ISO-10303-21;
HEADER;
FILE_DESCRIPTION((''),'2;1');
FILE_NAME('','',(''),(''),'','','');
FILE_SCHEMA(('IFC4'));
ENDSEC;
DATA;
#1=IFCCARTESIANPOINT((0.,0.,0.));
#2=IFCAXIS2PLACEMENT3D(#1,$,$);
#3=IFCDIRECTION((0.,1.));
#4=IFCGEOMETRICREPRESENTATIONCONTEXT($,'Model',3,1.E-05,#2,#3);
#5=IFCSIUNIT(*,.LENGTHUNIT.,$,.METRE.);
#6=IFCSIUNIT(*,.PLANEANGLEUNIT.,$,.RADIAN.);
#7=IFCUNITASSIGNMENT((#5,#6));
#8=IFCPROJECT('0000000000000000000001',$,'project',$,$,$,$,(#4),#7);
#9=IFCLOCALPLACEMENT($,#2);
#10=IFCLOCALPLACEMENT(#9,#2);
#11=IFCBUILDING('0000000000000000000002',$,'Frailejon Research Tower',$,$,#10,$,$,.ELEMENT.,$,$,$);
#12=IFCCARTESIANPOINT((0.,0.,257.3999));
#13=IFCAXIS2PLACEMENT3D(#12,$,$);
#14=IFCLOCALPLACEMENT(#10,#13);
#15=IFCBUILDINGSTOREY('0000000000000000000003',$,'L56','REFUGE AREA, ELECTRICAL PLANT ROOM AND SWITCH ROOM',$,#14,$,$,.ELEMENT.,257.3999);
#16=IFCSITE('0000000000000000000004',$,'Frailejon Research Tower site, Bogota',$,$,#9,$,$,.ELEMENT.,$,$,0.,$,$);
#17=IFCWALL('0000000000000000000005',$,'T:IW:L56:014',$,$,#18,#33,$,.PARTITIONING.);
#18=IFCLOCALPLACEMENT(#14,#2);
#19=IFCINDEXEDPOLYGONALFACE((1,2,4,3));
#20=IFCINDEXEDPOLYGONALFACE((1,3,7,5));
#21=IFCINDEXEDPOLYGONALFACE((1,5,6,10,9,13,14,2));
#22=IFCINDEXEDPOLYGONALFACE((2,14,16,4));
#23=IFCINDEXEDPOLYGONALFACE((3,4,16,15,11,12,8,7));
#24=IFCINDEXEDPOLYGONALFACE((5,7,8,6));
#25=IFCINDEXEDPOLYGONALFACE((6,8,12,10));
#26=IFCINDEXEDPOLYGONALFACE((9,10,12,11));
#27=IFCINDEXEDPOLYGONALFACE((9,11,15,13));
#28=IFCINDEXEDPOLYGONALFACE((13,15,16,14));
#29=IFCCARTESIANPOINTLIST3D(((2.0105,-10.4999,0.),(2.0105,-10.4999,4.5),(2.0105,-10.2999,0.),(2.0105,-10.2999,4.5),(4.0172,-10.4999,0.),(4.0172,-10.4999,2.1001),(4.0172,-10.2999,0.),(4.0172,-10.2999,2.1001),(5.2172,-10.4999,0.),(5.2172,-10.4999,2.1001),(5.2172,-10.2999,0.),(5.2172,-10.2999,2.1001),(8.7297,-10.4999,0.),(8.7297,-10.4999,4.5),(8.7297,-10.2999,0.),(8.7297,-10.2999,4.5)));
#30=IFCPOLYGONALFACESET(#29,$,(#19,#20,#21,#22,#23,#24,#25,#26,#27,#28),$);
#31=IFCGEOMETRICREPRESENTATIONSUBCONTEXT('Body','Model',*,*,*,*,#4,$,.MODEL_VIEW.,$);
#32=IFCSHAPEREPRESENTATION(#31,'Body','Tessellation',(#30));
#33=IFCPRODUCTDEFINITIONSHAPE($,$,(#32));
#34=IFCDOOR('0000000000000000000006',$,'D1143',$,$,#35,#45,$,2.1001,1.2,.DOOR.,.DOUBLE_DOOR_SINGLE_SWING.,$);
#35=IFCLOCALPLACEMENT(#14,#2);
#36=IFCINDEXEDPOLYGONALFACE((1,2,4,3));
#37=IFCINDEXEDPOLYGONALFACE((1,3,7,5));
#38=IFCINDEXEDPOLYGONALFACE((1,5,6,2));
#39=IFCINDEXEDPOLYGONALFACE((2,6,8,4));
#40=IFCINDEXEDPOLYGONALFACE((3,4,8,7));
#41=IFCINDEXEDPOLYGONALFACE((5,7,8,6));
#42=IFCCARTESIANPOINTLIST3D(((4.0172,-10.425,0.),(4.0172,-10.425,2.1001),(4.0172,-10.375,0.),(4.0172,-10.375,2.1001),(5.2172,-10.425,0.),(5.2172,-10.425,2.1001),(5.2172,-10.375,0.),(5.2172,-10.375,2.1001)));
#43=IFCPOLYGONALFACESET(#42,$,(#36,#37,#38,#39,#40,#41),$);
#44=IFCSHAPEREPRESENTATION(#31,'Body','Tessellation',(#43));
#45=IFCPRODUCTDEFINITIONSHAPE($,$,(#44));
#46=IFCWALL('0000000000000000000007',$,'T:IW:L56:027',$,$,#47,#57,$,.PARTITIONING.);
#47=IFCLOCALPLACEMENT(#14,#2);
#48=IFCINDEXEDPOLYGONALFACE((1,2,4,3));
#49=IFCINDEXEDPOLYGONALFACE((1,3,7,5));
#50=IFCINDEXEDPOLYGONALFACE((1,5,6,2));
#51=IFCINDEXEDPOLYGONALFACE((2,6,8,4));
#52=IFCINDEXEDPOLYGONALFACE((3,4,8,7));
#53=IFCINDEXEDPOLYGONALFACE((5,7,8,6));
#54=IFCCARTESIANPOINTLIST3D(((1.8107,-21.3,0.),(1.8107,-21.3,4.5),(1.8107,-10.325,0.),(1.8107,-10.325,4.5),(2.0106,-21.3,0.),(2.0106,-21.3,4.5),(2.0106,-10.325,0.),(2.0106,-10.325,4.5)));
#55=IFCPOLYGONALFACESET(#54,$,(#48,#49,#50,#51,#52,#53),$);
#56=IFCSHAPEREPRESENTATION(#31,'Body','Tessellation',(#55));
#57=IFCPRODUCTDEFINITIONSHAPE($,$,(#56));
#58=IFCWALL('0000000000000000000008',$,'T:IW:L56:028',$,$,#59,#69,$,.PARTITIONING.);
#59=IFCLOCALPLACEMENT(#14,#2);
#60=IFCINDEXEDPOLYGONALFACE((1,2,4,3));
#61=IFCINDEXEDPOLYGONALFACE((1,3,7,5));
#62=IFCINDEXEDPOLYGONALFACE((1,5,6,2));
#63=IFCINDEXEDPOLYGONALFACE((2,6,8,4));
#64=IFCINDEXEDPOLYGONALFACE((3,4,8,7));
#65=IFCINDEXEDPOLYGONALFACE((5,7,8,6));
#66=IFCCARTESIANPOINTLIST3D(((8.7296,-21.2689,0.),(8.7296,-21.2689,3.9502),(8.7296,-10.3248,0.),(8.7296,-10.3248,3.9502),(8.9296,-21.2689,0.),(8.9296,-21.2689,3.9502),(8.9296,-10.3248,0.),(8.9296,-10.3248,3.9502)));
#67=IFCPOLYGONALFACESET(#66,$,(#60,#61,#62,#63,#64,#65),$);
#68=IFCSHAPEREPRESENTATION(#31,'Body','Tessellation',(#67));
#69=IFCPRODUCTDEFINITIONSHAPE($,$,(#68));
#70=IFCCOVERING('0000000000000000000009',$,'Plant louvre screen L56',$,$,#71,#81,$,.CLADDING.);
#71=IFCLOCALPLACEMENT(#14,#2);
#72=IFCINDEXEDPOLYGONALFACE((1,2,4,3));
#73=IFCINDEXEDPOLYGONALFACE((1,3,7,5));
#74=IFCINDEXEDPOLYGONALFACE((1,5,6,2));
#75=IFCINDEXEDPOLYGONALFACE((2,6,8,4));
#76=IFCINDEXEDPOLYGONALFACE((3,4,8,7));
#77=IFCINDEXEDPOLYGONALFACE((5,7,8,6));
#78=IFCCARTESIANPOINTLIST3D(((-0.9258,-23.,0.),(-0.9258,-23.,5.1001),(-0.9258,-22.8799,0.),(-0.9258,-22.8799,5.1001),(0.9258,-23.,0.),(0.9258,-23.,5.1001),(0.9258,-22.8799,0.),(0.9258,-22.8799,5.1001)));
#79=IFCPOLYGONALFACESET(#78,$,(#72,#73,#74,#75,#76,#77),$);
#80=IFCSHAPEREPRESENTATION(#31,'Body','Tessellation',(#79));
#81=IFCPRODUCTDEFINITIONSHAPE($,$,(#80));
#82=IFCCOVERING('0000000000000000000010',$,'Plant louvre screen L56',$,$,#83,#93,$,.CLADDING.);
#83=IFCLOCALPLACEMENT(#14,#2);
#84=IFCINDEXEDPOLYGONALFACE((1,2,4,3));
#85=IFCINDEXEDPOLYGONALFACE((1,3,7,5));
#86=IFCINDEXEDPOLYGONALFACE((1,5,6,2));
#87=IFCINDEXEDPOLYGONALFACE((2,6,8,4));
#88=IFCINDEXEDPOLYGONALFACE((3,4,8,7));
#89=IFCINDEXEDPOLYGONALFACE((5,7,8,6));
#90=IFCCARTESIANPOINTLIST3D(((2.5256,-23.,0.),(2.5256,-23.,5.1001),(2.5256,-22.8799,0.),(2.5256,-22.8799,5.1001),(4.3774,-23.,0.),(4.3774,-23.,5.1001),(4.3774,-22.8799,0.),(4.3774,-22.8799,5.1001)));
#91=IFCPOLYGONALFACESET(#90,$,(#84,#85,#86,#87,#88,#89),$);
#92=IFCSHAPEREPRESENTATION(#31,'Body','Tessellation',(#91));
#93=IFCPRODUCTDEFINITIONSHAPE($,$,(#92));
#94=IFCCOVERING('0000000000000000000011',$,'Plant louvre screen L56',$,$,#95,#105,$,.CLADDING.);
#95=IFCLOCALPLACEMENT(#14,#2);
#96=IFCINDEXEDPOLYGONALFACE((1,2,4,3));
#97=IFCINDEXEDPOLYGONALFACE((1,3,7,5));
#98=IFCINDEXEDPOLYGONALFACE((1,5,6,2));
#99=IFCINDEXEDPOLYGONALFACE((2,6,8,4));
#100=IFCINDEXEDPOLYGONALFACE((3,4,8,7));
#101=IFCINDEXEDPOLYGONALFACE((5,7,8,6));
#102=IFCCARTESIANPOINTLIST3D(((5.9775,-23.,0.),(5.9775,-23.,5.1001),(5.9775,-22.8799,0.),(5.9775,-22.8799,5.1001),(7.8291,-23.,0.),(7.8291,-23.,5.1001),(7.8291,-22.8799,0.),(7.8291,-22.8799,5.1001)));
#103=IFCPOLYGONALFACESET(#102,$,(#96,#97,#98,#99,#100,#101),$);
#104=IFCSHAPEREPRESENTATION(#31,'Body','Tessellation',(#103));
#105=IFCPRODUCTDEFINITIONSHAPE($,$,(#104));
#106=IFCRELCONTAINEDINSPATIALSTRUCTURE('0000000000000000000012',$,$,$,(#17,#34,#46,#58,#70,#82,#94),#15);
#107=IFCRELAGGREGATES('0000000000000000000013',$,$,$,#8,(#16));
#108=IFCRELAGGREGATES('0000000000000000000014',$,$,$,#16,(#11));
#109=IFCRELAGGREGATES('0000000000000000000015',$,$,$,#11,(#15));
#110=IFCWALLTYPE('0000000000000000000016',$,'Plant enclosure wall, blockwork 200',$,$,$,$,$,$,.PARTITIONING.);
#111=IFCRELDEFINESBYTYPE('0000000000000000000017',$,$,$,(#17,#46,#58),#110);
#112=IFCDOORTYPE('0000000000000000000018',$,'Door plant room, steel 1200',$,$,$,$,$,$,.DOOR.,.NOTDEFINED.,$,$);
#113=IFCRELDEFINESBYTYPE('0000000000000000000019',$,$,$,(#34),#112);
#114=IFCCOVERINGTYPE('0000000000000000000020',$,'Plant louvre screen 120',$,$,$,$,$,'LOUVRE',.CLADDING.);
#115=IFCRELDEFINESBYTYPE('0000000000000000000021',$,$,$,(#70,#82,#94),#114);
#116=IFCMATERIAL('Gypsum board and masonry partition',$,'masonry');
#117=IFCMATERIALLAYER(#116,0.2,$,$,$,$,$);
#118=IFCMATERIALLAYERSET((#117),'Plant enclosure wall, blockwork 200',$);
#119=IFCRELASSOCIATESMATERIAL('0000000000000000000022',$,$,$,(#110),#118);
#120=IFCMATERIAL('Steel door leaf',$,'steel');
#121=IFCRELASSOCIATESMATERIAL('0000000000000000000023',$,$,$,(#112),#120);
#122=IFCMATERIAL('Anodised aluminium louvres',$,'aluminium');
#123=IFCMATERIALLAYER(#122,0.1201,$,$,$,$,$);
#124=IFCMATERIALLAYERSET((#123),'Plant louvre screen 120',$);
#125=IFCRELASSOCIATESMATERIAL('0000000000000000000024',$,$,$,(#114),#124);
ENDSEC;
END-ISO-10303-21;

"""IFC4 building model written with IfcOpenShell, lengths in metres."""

from ifc_helpers import new_model, si_unit, direction, frame, frame_2d, origin, place, context, subcontext, project, spatial, polyline, rectangle, outline, extrude, material, layer, layer_set, type_object, element, fill, save


model = new_model("IFC4")

# Units and contexts
model_context = context("Model", 3, precision=1e-05, world=origin(), true_north=direction((0.0, 1.0)))
body_context = subcontext(model_context, "Body", "Model", "MODEL_VIEW")
ifc_project = project(units=[si_unit("LENGTHUNIT", "METRE"), si_unit("PLANEANGLEUNIT", "RADIAN")], contexts=[model_context])

# Site, building, storey
site_placement = place(None, origin())
site = spatial("IfcSite", under=ifc_project, at=site_placement, Name="Frailejon Research Tower site, Bogota", CompositionType="ELEMENT", RefElevation=0.0)
building_placement = place(site_placement, origin())
building = spatial("IfcBuilding", under=site, at=building_placement, Name="Frailejon Research Tower", CompositionType="ELEMENT")
storey_placement = place(building_placement, frame((0.0, 0.0, 257.3999)))
storey = spatial("IfcBuildingStorey", under=building, at=storey_placement, Name="L56", Description="REFUGE AREA, ELECTRICAL PLANT ROOM AND SWITCH ROOM", CompositionType="ELEMENT", Elevation=257.3999)

# Wall, opening, door
ifc_material_1 = material(Name="Gypsum board and masonry partition", Category="masonry")
ifc_layer_1 = layer(ifc_material_1, 0.2)
ifc_layer_set_1 = layer_set([ifc_layer_1], Name="Plant enclosure wall, blockwork 200")
wall_type_1 = type_object("IfcWallType", Name="Plant enclosure wall, blockwork 200", PredefinedType="PARTITIONING", material=ifc_layer_set_1)
wall_1_placement = place(storey_placement, frame((2.0105, -10.3999, 0.0), z_axis=(0.0, 0.0, 1.0), x_axis=(1.0, 0.0, 0.0)))
wall_1 = element("IfcWall", 1, at=wall_1_placement, inside=storey, type_object=wall_type_1, Name="T:IW:L56:014", PredefinedType="PARTITIONING", context=body_context, shape_type="SweptSolid", body=[
    extrude(rectangle(XDim=6.7192, YDim=0.2, at=frame_2d((3.3596, 0.0))), origin(), (0.0, 0.0, 1.0), 4.5),
])
opening_placement = place(wall_1_placement, frame((2.0066, 0.0, 0.0)))
opening = element("IfcOpeningElement", 2, at=opening_placement, cuts=wall_1, PredefinedType="OPENING", context=body_context, shape_type="SweptSolid", body=[
    extrude(rectangle(XDim=1.2, YDim=2.1001, at=frame_2d((0.6001, 1.05))), frame((0.0, 0.1099, 0.0), z_axis=(0.0, -1.0, 0.0), x_axis=(1.0, 0.0, 0.0)), (0.0, 0.0, 1.0), 0.22),
])
ifc_material_2 = material(Name="Steel door leaf", Category="steel")
door_type = type_object("IfcDoorType", Name="Door plant room, steel 1200", OperationType="NOTDEFINED", PredefinedType="DOOR", material=ifc_material_2)
door_placement = place(opening_placement, origin())
door = element("IfcDoor", 3, at=door_placement, inside=storey, type_object=door_type, Name="D1143", OperationType="DOUBLE_DOOR_SINGLE_SWING", OverallHeight=2.1001, OverallWidth=1.2, PredefinedType="DOOR", context=body_context, shape_type="SweptSolid", body=[
    extrude(rectangle(XDim=1.2, YDim=2.1001, at=frame_2d((0.6001, 1.05))), frame((0.0, 0.0249, 0.0), z_axis=(0.0, -1.0, 0.0), x_axis=(1.0, 0.0, 0.0)), (0.0, 0.0, 1.0), 0.05),
])
fill(opening, door)

# Walls
wall_2_placement = place(storey_placement, frame((1.9106, -21.3, 0.0), z_axis=(0.0, 0.0, 1.0), x_axis=(0.0, 1.0, 0.0)))
element("IfcWall", 4, at=wall_2_placement, inside=storey, type_object=wall_type_1, Name="T:IW:L56:027", PredefinedType="PARTITIONING", context=body_context, shape_type="SweptSolid", body=[
    extrude(rectangle(XDim=10.9751, YDim=0.2, at=frame_2d((5.4875, 0.0))), origin(), (0.0, 0.0, 1.0), 4.5),
])
wall_3_placement = place(storey_placement, frame((8.8296, -21.269, 0.0), z_axis=(0.0, 0.0, 1.0), x_axis=(0.0, 1.0, 0.0)))
element("IfcWall", 5, at=wall_3_placement, inside=storey, type_object=wall_type_1, Name="T:IW:L56:028", PredefinedType="PARTITIONING", context=body_context, shape_type="SweptSolid", body=[
    extrude(rectangle(XDim=10.9441, YDim=0.2, at=frame_2d((5.4722, 0.0))), origin(), (0.0, 0.0, 1.0), 3.9502),
])

# Coverings
ifc_material_3 = material(Name="Anodised aluminium louvres", Category="aluminium")
ifc_layer_2 = layer(ifc_material_3, 0.1201)
ifc_layer_set_2 = layer_set([ifc_layer_2], Name="Plant louvre screen 120")
covering_type = type_object("IfcCoveringType", Name="Plant louvre screen 120", ElementType="LOUVRE", PredefinedType="CLADDING", material=ifc_layer_set_2)
covering_1_placement = place(storey_placement, frame((0.9258, -23.0, 0.0), z_axis=(-1.0, 0.0, 0.0), x_axis=(0.0, -1.0, 0.0)))
element("IfcCovering", 6, at=covering_1_placement, inside=storey, type_object=covering_type, Name="Plant louvre screen L56", PredefinedType="CLADDING", context=body_context, shape_type="SweptSolid", body=[
    extrude(outline(polyline([(-0.1201, 0.0), (0.0, 0.0), (0.0, 5.1001), (-0.1201, 5.1001), (-0.1201, 0.0)])), origin(), (0.0, 0.0, 1.0), 1.8516),
])
covering_2_placement = place(storey_placement, frame((4.3774, -23.0, 0.0), z_axis=(-1.0, 0.0, 0.0), x_axis=(0.0, -1.0, 0.0)))
element("IfcCovering", 7, at=covering_2_placement, inside=storey, type_object=covering_type, Name="Plant louvre screen L56", PredefinedType="CLADDING", context=body_context, shape_type="SweptSolid", body=[
    extrude(outline(polyline([(-0.1201, 0.0), (0.0, 0.0), (0.0, 5.1001), (-0.1201, 5.1001), (-0.1201, 0.0)])), origin(), (0.0, 0.0, 1.0), 1.8518),
])
covering_3_placement = place(storey_placement, frame((7.8291, -23.0, 0.0), z_axis=(-1.0, 0.0, 0.0), x_axis=(0.0, -1.0, 0.0)))
element("IfcCovering", 8, at=covering_3_placement, inside=storey, type_object=covering_type, Name="Plant louvre screen L56", PredefinedType="CLADDING", context=body_context, shape_type="SweptSolid", body=[
    extrude(outline(polyline([(-0.1201, 0.0), (0.0, 0.0), (0.0, 5.1001), (-0.1201, 5.1001), (-0.1201, 0.0)])), origin(), (0.0, 0.0, 1.0), 1.8516),
])

save(model, "model.ifc")
